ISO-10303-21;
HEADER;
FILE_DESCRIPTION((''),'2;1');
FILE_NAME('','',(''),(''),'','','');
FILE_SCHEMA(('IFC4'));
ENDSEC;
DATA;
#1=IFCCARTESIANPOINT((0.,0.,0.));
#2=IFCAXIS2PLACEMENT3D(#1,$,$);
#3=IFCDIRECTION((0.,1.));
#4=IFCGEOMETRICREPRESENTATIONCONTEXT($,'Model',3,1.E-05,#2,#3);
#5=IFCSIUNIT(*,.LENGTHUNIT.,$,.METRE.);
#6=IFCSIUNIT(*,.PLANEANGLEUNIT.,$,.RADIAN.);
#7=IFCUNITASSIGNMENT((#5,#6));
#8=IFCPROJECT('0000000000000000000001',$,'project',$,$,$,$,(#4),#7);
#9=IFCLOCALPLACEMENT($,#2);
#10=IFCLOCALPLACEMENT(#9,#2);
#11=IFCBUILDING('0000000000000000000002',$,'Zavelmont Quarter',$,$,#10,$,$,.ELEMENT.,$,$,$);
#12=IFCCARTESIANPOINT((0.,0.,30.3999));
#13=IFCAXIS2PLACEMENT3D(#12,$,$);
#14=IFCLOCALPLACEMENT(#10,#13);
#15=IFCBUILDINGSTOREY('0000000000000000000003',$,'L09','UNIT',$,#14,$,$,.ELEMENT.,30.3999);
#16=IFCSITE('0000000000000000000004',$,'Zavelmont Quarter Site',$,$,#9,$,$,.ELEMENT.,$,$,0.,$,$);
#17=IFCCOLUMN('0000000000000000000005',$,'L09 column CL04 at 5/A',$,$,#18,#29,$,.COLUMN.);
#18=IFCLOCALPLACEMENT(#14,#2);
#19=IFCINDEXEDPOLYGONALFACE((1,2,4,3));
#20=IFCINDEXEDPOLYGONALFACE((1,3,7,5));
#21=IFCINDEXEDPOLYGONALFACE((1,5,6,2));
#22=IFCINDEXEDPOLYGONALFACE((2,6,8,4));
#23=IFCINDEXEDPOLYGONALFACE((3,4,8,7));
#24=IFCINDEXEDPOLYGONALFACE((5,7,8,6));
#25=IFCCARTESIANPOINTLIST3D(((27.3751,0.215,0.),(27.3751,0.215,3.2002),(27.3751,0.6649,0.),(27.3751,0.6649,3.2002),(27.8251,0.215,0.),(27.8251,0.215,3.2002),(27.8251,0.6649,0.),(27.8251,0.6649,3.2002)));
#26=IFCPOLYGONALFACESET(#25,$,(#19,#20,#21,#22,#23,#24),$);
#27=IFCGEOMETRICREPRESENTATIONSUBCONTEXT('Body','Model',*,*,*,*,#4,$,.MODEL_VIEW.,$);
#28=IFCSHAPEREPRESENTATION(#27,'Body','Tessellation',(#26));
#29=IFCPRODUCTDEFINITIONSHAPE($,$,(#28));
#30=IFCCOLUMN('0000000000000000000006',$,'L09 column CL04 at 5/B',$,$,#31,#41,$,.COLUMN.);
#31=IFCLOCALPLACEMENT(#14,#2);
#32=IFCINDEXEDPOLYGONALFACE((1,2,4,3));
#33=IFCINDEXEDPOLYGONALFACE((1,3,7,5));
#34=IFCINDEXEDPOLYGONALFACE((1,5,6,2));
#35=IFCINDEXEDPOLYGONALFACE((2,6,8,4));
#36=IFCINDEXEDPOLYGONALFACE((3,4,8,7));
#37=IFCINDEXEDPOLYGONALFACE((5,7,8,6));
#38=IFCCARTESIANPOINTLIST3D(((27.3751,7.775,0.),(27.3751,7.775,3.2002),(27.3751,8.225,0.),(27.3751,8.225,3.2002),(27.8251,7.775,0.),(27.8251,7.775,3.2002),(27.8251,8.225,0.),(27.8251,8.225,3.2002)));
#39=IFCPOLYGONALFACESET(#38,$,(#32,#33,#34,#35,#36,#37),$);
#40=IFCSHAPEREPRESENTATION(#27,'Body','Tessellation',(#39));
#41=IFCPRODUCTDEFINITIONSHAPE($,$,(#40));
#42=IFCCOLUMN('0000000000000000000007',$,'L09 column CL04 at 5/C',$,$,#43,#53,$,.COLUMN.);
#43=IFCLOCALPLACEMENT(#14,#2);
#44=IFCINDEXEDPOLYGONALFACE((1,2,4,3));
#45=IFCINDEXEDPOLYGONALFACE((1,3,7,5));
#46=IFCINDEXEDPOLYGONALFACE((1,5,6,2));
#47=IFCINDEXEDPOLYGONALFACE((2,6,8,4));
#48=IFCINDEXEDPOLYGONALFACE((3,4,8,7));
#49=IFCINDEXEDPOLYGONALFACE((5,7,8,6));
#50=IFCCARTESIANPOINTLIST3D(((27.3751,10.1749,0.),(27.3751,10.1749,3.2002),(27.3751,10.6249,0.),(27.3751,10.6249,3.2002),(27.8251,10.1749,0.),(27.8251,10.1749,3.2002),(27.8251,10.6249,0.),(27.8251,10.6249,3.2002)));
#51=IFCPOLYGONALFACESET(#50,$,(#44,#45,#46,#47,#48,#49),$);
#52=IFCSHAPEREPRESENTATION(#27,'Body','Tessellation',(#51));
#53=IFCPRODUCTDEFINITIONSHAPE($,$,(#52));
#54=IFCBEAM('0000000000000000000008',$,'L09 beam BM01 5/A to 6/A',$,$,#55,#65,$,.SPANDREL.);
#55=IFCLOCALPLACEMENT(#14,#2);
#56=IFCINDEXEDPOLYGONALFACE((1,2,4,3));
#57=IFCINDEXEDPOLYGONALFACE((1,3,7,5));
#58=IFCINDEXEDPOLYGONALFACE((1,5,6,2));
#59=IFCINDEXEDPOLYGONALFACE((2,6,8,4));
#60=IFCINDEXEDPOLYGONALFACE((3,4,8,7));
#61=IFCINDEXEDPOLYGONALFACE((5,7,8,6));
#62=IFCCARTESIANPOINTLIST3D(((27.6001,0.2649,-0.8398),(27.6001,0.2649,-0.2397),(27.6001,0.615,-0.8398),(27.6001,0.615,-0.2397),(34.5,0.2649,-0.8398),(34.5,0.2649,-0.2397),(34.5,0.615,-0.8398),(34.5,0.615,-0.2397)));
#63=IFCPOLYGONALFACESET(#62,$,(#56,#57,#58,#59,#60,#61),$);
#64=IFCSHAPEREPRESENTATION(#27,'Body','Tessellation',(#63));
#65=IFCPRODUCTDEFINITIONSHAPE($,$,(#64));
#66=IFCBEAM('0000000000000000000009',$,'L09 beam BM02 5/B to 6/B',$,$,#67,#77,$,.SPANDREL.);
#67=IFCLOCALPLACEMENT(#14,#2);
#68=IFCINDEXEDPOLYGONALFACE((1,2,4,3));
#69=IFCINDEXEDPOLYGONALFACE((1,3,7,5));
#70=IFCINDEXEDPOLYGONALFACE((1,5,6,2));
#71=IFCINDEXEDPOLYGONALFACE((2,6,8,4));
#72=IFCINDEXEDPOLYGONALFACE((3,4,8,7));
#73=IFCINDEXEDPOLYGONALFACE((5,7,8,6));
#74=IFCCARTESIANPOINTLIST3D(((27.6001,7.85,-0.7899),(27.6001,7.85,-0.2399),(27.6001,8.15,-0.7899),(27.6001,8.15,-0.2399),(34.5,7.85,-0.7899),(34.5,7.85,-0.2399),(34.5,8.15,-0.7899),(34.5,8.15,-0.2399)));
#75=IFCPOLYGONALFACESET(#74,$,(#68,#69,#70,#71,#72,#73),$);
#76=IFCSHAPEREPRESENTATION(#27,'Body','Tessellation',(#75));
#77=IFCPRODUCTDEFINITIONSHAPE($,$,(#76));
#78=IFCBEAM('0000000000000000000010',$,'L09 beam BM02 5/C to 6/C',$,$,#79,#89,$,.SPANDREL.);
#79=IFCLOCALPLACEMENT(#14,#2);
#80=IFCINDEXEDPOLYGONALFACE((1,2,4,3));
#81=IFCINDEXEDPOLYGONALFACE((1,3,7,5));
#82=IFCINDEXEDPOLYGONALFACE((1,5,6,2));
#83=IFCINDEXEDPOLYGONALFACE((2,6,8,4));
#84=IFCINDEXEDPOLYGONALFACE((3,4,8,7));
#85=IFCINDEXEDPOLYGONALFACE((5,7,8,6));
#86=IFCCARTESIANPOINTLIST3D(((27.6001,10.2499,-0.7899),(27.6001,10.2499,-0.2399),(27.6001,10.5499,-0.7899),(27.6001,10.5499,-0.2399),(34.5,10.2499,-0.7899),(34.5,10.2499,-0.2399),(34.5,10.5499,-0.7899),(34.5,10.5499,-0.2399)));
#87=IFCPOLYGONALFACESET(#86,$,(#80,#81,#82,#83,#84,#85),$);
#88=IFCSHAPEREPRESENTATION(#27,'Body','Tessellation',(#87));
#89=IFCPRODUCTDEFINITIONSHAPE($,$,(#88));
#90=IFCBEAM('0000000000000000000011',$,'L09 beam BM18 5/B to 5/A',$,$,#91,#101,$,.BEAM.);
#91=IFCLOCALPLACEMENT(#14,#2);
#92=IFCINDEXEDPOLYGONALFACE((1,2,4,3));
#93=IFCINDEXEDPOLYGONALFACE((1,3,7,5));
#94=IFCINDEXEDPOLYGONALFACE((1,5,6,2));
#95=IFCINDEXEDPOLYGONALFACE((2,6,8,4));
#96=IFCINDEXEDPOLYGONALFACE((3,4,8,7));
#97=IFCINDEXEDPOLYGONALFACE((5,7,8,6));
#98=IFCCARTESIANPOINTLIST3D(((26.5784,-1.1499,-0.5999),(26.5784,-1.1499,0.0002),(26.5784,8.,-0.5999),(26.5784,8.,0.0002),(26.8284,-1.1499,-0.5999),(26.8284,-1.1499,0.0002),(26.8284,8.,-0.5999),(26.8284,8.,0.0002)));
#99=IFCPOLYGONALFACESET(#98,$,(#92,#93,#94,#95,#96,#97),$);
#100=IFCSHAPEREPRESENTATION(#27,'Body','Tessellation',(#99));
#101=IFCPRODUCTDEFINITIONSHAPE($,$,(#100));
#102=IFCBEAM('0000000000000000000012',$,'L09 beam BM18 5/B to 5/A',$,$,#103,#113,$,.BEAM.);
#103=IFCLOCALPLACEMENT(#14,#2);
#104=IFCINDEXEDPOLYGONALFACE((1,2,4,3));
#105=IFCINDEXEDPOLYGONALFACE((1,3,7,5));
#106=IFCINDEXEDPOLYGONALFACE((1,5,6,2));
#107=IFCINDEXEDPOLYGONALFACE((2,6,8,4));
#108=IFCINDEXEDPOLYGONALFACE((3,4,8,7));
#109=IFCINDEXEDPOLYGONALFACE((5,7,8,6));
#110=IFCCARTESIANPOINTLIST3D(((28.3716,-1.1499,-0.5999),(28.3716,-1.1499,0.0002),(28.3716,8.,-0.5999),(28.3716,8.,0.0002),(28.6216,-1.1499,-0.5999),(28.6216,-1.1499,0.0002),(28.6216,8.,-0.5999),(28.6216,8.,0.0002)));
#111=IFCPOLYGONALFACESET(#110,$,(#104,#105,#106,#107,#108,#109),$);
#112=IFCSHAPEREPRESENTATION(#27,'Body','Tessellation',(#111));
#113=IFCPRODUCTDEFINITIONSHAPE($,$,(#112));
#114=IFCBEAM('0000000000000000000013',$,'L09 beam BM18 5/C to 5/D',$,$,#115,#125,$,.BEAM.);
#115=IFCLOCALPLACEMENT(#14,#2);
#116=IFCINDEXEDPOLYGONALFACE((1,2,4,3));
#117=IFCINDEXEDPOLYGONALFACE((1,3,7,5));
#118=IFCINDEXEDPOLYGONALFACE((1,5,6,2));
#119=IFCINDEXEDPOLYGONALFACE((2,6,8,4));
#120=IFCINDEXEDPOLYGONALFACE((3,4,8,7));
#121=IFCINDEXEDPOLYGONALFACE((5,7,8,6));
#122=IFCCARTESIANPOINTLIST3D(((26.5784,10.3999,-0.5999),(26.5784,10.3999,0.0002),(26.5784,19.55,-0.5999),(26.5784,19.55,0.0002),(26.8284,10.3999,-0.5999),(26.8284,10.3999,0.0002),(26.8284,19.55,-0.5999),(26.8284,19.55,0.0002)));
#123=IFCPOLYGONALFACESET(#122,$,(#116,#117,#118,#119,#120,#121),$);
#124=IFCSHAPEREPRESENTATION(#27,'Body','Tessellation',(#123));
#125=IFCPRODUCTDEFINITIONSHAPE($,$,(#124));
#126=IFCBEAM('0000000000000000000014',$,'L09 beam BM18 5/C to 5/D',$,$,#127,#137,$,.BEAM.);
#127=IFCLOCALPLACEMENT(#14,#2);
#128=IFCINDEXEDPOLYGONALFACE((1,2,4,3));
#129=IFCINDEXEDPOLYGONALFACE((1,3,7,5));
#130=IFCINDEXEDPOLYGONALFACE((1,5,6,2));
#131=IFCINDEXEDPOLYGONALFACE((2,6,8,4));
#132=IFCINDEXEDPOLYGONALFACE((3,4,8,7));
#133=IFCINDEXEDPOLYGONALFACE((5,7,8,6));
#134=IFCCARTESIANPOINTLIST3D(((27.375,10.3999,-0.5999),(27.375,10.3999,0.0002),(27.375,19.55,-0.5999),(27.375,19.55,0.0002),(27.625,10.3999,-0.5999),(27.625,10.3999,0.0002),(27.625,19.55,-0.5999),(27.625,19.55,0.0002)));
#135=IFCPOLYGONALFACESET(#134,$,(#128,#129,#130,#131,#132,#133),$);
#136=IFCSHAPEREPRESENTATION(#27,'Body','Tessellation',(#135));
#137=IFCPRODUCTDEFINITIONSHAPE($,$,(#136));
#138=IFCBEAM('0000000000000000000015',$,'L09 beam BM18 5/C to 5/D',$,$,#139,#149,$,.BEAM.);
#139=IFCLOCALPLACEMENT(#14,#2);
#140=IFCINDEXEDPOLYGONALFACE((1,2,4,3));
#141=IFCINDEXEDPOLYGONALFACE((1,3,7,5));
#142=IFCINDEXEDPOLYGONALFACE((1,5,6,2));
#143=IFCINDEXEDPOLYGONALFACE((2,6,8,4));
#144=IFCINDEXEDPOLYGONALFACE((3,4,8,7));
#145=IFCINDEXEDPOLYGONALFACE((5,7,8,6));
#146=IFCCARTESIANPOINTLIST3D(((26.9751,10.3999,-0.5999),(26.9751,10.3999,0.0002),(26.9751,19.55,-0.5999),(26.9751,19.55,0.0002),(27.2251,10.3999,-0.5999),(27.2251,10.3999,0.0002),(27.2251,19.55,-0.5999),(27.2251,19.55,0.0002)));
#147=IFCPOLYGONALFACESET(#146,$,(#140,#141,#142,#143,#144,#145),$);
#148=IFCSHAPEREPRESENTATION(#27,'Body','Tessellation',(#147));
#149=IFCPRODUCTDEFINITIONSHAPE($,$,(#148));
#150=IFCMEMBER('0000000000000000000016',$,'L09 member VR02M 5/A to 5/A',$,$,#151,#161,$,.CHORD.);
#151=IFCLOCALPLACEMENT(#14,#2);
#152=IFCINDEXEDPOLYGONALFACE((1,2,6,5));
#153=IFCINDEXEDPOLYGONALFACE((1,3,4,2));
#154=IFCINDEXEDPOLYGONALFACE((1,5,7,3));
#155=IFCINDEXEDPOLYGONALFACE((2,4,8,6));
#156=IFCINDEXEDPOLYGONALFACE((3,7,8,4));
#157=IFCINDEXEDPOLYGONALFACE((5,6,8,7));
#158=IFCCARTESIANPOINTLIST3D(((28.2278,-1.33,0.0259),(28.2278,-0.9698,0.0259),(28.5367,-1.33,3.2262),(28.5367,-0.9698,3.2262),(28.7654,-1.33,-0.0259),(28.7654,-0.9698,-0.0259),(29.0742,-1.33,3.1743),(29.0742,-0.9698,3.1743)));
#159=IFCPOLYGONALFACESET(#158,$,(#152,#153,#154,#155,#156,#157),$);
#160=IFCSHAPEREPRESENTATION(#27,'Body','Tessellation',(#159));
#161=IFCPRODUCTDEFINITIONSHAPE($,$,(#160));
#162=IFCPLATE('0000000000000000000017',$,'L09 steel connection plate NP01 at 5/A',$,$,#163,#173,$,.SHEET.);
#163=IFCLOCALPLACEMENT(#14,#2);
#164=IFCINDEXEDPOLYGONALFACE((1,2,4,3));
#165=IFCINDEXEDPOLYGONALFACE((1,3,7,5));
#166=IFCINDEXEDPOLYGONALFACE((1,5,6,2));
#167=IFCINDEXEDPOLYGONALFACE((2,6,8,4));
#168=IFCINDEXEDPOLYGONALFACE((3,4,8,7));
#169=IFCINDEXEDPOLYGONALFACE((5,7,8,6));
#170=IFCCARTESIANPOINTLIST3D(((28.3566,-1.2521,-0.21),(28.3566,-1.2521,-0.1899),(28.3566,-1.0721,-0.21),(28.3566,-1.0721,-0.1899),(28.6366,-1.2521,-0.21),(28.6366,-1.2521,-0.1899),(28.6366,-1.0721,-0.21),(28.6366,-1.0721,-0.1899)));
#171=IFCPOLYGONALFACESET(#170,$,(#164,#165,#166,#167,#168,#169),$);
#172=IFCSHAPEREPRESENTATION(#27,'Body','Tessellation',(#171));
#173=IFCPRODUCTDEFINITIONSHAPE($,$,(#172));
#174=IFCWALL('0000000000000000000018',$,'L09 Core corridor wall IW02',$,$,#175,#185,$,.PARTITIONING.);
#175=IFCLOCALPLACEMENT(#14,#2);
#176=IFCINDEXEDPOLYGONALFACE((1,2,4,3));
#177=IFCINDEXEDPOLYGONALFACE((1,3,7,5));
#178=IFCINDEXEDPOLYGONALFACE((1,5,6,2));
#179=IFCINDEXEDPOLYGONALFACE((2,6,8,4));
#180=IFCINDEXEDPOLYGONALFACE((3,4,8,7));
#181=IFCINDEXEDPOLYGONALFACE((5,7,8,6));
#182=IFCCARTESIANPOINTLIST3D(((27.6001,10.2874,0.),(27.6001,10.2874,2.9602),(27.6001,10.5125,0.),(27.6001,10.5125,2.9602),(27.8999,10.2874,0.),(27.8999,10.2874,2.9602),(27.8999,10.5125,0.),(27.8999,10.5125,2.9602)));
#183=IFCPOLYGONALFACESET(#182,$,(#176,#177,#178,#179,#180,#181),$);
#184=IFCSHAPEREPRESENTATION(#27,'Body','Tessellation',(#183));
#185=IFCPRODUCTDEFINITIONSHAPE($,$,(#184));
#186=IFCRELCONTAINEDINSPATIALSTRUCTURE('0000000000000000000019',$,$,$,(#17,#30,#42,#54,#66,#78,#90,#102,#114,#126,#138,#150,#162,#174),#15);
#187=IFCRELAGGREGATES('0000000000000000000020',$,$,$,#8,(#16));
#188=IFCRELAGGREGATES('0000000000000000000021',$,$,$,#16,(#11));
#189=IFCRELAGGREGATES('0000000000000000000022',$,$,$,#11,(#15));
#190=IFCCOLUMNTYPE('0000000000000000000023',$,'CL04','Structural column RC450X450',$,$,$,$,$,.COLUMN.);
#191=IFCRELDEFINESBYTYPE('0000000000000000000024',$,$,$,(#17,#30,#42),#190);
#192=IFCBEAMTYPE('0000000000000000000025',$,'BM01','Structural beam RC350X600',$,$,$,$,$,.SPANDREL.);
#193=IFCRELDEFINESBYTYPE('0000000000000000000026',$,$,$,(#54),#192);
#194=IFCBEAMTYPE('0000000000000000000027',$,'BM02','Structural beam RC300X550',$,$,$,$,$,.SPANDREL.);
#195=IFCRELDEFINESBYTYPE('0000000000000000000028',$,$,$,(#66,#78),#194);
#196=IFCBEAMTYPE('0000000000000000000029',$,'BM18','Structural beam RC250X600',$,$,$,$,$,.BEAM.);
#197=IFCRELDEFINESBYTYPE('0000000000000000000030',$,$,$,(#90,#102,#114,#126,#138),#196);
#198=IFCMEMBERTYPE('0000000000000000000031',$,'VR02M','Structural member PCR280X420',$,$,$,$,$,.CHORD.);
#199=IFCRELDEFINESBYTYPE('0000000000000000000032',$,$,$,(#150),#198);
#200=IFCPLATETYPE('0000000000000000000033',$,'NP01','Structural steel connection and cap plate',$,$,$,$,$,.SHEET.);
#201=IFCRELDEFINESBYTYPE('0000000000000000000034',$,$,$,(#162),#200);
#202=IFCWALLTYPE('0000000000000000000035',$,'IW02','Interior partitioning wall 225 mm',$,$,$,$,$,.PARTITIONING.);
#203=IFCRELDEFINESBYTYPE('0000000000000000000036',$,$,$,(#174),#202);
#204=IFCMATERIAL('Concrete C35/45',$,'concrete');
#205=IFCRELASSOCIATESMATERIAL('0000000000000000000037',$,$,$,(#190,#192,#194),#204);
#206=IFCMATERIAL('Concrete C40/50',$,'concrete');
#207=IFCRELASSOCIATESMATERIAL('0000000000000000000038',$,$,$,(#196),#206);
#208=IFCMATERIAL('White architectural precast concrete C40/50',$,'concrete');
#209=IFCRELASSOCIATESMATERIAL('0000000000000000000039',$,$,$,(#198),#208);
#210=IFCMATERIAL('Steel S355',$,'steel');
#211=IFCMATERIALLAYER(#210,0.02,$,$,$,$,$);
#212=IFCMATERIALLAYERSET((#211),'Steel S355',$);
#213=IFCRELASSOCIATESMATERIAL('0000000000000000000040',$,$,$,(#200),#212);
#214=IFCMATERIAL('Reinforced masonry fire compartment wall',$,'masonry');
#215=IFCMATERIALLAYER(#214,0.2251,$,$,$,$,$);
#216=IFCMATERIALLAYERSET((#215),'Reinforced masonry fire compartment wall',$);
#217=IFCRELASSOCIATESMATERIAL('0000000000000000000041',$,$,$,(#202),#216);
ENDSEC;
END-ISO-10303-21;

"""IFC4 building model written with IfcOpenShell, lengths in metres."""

from ifc_helpers import new_model, si_unit, direction, frame, frame_2d, origin, origin_2d, place, context, subcontext, project, spatial, rectangle, extrude, material, layer, layer_set, material_profile, profile_set, type_object, element, save


model = new_model("IFC4")

# Units and contexts
model_context = context("Model", 3, precision=1e-05, world=origin(), true_north=direction((0.0, 1.0)))
body_context = subcontext(model_context, "Body", "Model", "MODEL_VIEW")
ifc_project = project(units=[si_unit("LENGTHUNIT", "METRE"), si_unit("PLANEANGLEUNIT", "RADIAN")], contexts=[model_context])

# Site, building, storey
site_placement = place(None, origin())
site = spatial("IfcSite", under=ifc_project, at=site_placement, Name="Zavelmont Quarter Site", CompositionType="ELEMENT", RefElevation=0.0)
building_placement = place(site_placement, origin())
building = spatial("IfcBuilding", under=site, at=building_placement, Name="Zavelmont Quarter", CompositionType="ELEMENT")
storey_placement = place(building_placement, frame((0.0, 0.0, 30.3999)))
storey = spatial("IfcBuildingStorey", under=building, at=storey_placement, Name="L09", Description="UNIT", CompositionType="ELEMENT", Elevation=30.3999)

# Columns
ifc_material_1 = material(Name="Concrete C35/45", Category="concrete")
ifc_material_profile_1 = material_profile(ifc_material_1, rectangle(XDim=0.45, YDim=0.45, at=origin_2d()), Name="RC450X450")
ifc_profile_set_1 = profile_set([ifc_material_profile_1], Name="Concrete C35/45")
column_type = type_object("IfcColumnType", Name="CL04", Description="Structural column RC450X450", PredefinedType="COLUMN", material=ifc_profile_set_1)
for number, where, z_axis, x_axis, name in (
    (1, (27.6001, 0.4399, 0.0), (0.0, 0.0, 1.0), (1.0, 0.0, 0.0), "L09 column CL04 at 5/A"),
    (2, (27.6001, 8.0, 0.0), (0.0, 0.0, 1.0), (1.0, 0.0, 0.0), "L09 column CL04 at 5/B"),
    (3, (27.6001, 10.3999, 0.0), (0.0, 0.0, 1.0), (1.0, 0.0, 0.0), "L09 column CL04 at 5/C"),
):
    element("IfcColumn", number, at=place(storey_placement, frame(where, z_axis=z_axis, x_axis=x_axis)), inside=storey, type_object=column_type, Name=name, PredefinedType="COLUMN", context=body_context, shape_type="SweptSolid", body=[
        extrude(rectangle(XDim=0.45, YDim=0.45, at=origin_2d()), origin(), (0.0, 0.0, 1.0), 3.2002),
    ])

# Beams
ifc_material_profile_2 = material_profile(ifc_material_1, rectangle(XDim=0.3501, YDim=0.6001, at=origin_2d()), Name="RC350X600")
ifc_profile_set_2 = profile_set([ifc_material_profile_2], Name="Concrete C35/45")
beam_type_1 = type_object("IfcBeamType", Name="BM01", Description="Structural beam RC350X600", PredefinedType="SPANDREL", material=ifc_profile_set_2)
beam_placement = place(storey_placement, frame((27.6001, 0.4399, -0.5398), z_axis=(1.0, 0.0, 0.0), x_axis=(0.0, 1.0, 0.0)))
element("IfcBeam", 4, at=beam_placement, inside=storey, type_object=beam_type_1, Name="L09 beam BM01 5/A to 6/A", PredefinedType="SPANDREL", context=body_context, shape_type="SweptSolid", body=[
    extrude(rectangle(XDim=0.3501, YDim=0.6001, at=origin_2d()), origin(), (0.0, 0.0, 1.0), 6.8999),
])
ifc_material_profile_3 = material_profile(ifc_material_1, rectangle(XDim=0.3, YDim=0.55, at=origin_2d()), Name="RC300X550")
ifc_profile_set_3 = profile_set([ifc_material_profile_3], Name="Concrete C35/45")
beam_type_2 = type_object("IfcBeamType", Name="BM02", Description="Structural beam RC300X550", PredefinedType="SPANDREL", material=ifc_profile_set_3)
for number, where, z_axis, x_axis, name in (
    (5, (27.6001, 8.0, -0.5149), (1.0, 0.0, 0.0), (0.0, 1.0, 0.0), "L09 beam BM02 5/B to 6/B"),
    (6, (27.6001, 10.3999, -0.5149), (1.0, 0.0, 0.0), (0.0, 1.0, 0.0), "L09 beam BM02 5/C to 6/C"),
):
    element("IfcBeam", number, at=place(storey_placement, frame(where, z_axis=z_axis, x_axis=x_axis)), inside=storey, type_object=beam_type_2, Name=name, PredefinedType="SPANDREL", context=body_context, shape_type="SweptSolid", body=[
        extrude(rectangle(XDim=0.3, YDim=0.55, at=origin_2d()), origin(), (0.0, 0.0, 1.0), 6.8999),
    ])
ifc_material_2 = material(Name="Concrete C40/50", Category="concrete")
ifc_material_profile_4 = material_profile(ifc_material_2, rectangle(XDim=0.25, YDim=0.6001, at=origin_2d()), Name="RC250X600")
ifc_profile_set_4 = profile_set([ifc_material_profile_4], Name="Concrete C40/50")
beam_type_3 = type_object("IfcBeamType", Name="BM18", Description="Structural beam RC250X600", PredefinedType="BEAM", material=ifc_profile_set_4)
for number, where, z_axis, x_axis, name in (
    (7, (26.7034, 8.0, -0.2998), (0.0, -1.0, 0.0), (1.0, 0.0, 0.0), "L09 beam BM18 5/B to 5/A"),
    (8, (28.4966, 8.0, -0.2998), (0.0, -1.0, 0.0), (1.0, 0.0, 0.0), "L09 beam BM18 5/B to 5/A"),
):
    element("IfcBeam", number, at=place(storey_placement, frame(where, z_axis=z_axis, x_axis=x_axis)), inside=storey, type_object=beam_type_3, Name=name, PredefinedType="BEAM", context=body_context, shape_type="SweptSolid", body=[
        extrude(rectangle(XDim=0.25, YDim=0.6001, at=origin_2d()), origin(), (0.0, 0.0, 1.0), 9.1499),
    ])
for number, where, z_axis, x_axis, name in (
    (9, (26.7034, 10.3999, -0.2998), (0.0, 1.0, 0.0), (-1.0, 0.0, 0.0), "L09 beam BM18 5/C to 5/D"),
    (10, (27.5, 10.3999, -0.2998), (0.0, 1.0, 0.0), (-1.0, 0.0, 0.0), "L09 beam BM18 5/C to 5/D"),
    (11, (27.1001, 10.3999, -0.2998), (0.0, 1.0, 0.0), (-1.0, 0.0, 0.0), "L09 beam BM18 5/C to 5/D"),
):
    element("IfcBeam", number, at=place(storey_placement, frame(where, z_axis=z_axis, x_axis=x_axis)), inside=storey, type_object=beam_type_3, Name=name, PredefinedType="BEAM", context=body_context, shape_type="SweptSolid", body=[
        extrude(rectangle(XDim=0.25, YDim=0.6001, at=origin_2d()), origin(), (0.0, 0.0, 1.0), 9.1501),
    ])

# Member
ifc_material_3 = material(Name="White architectural precast concrete C40/50", Category="concrete")
ifc_material_profile_5 = material_profile(ifc_material_3, rectangle(XDim=0.3601, YDim=0.54, at=origin_2d()), Name="PCR280X420")
ifc_profile_set_5 = profile_set([ifc_material_profile_5], Name="White architectural precast concrete C40/50")
member_type = type_object("IfcMemberType", Name="VR02M", Description="Structural member PCR280X420", PredefinedType="CHORD", material=ifc_profile_set_5)
member_placement = place(storey_placement, frame((28.4966, -1.1499, 0.0), z_axis=(0.09606, 0.0, 0.995376), x_axis=(0.0, 1.0, 0.0)))
element("IfcMember", 12, at=member_placement, inside=storey, type_object=member_type, Name="L09 member VR02M 5/A to 5/A", PredefinedType="CHORD", context=body_context, shape_type="SweptSolid", body=[
    extrude(rectangle(XDim=0.3601, YDim=0.54, at=origin_2d()), origin(), (0.0, 0.0, 1.0), 3.2151),
])

# Plate
ifc_material_4 = material(Name="Steel S355", Category="steel")
ifc_layer_1 = layer(ifc_material_4, 0.02)
ifc_layer_set_1 = layer_set([ifc_layer_1], Name="Steel S355")
plate_type = type_object("IfcPlateType", Name="NP01", Description="Structural steel connection and cap plate", PredefinedType="SHEET", material=ifc_layer_set_1)
plate_placement = place(storey_placement, frame((28.4966, -1.1621, -0.21), z_axis=(0.0, 0.0, 1.0), x_axis=(1.0, 0.0, 0.0)))
element("IfcPlate", 13, at=plate_placement, inside=storey, type_object=plate_type, Name="L09 steel connection plate NP01 at 5/A", PredefinedType="SHEET", context=body_context, shape_type="SweptSolid", body=[
    extrude(rectangle(XDim=0.28, YDim=0.1799, at=origin_2d()), origin(), (0.0, 0.0, 1.0), 0.02),
])

# Shared definitions
ifc_material_5 = material(Name="Reinforced masonry fire compartment wall", Category="masonry")
ifc_layer_2 = layer(ifc_material_5, 0.2251)
ifc_layer_set_2 = layer_set([ifc_layer_2], Name="Reinforced masonry fire compartment wall")
wall_type_1 = type_object("IfcWallType", Name="IW02", Description="Interior partitioning wall 225 mm", PredefinedType="PARTITIONING", material=ifc_layer_set_2)

# Wall
wall_1_placement = place(storey_placement, frame((27.6001, 10.3999, 0.0), z_axis=(0.0, 0.0, 1.0), x_axis=(1.0, 0.0, 0.0)))
element("IfcWall", 14, at=wall_1_placement, inside=storey, type_object=wall_type_1, Name="L09 Core corridor wall IW02", PredefinedType="PARTITIONING", context=body_context, shape_type="SweptSolid", body=[
    extrude(rectangle(XDim=0.2998, YDim=0.2251, at=frame_2d((0.1499, 0.0))), origin(), (0.0, 0.0, 1.0), 2.9602),
])

save(model, "model.ifc")
